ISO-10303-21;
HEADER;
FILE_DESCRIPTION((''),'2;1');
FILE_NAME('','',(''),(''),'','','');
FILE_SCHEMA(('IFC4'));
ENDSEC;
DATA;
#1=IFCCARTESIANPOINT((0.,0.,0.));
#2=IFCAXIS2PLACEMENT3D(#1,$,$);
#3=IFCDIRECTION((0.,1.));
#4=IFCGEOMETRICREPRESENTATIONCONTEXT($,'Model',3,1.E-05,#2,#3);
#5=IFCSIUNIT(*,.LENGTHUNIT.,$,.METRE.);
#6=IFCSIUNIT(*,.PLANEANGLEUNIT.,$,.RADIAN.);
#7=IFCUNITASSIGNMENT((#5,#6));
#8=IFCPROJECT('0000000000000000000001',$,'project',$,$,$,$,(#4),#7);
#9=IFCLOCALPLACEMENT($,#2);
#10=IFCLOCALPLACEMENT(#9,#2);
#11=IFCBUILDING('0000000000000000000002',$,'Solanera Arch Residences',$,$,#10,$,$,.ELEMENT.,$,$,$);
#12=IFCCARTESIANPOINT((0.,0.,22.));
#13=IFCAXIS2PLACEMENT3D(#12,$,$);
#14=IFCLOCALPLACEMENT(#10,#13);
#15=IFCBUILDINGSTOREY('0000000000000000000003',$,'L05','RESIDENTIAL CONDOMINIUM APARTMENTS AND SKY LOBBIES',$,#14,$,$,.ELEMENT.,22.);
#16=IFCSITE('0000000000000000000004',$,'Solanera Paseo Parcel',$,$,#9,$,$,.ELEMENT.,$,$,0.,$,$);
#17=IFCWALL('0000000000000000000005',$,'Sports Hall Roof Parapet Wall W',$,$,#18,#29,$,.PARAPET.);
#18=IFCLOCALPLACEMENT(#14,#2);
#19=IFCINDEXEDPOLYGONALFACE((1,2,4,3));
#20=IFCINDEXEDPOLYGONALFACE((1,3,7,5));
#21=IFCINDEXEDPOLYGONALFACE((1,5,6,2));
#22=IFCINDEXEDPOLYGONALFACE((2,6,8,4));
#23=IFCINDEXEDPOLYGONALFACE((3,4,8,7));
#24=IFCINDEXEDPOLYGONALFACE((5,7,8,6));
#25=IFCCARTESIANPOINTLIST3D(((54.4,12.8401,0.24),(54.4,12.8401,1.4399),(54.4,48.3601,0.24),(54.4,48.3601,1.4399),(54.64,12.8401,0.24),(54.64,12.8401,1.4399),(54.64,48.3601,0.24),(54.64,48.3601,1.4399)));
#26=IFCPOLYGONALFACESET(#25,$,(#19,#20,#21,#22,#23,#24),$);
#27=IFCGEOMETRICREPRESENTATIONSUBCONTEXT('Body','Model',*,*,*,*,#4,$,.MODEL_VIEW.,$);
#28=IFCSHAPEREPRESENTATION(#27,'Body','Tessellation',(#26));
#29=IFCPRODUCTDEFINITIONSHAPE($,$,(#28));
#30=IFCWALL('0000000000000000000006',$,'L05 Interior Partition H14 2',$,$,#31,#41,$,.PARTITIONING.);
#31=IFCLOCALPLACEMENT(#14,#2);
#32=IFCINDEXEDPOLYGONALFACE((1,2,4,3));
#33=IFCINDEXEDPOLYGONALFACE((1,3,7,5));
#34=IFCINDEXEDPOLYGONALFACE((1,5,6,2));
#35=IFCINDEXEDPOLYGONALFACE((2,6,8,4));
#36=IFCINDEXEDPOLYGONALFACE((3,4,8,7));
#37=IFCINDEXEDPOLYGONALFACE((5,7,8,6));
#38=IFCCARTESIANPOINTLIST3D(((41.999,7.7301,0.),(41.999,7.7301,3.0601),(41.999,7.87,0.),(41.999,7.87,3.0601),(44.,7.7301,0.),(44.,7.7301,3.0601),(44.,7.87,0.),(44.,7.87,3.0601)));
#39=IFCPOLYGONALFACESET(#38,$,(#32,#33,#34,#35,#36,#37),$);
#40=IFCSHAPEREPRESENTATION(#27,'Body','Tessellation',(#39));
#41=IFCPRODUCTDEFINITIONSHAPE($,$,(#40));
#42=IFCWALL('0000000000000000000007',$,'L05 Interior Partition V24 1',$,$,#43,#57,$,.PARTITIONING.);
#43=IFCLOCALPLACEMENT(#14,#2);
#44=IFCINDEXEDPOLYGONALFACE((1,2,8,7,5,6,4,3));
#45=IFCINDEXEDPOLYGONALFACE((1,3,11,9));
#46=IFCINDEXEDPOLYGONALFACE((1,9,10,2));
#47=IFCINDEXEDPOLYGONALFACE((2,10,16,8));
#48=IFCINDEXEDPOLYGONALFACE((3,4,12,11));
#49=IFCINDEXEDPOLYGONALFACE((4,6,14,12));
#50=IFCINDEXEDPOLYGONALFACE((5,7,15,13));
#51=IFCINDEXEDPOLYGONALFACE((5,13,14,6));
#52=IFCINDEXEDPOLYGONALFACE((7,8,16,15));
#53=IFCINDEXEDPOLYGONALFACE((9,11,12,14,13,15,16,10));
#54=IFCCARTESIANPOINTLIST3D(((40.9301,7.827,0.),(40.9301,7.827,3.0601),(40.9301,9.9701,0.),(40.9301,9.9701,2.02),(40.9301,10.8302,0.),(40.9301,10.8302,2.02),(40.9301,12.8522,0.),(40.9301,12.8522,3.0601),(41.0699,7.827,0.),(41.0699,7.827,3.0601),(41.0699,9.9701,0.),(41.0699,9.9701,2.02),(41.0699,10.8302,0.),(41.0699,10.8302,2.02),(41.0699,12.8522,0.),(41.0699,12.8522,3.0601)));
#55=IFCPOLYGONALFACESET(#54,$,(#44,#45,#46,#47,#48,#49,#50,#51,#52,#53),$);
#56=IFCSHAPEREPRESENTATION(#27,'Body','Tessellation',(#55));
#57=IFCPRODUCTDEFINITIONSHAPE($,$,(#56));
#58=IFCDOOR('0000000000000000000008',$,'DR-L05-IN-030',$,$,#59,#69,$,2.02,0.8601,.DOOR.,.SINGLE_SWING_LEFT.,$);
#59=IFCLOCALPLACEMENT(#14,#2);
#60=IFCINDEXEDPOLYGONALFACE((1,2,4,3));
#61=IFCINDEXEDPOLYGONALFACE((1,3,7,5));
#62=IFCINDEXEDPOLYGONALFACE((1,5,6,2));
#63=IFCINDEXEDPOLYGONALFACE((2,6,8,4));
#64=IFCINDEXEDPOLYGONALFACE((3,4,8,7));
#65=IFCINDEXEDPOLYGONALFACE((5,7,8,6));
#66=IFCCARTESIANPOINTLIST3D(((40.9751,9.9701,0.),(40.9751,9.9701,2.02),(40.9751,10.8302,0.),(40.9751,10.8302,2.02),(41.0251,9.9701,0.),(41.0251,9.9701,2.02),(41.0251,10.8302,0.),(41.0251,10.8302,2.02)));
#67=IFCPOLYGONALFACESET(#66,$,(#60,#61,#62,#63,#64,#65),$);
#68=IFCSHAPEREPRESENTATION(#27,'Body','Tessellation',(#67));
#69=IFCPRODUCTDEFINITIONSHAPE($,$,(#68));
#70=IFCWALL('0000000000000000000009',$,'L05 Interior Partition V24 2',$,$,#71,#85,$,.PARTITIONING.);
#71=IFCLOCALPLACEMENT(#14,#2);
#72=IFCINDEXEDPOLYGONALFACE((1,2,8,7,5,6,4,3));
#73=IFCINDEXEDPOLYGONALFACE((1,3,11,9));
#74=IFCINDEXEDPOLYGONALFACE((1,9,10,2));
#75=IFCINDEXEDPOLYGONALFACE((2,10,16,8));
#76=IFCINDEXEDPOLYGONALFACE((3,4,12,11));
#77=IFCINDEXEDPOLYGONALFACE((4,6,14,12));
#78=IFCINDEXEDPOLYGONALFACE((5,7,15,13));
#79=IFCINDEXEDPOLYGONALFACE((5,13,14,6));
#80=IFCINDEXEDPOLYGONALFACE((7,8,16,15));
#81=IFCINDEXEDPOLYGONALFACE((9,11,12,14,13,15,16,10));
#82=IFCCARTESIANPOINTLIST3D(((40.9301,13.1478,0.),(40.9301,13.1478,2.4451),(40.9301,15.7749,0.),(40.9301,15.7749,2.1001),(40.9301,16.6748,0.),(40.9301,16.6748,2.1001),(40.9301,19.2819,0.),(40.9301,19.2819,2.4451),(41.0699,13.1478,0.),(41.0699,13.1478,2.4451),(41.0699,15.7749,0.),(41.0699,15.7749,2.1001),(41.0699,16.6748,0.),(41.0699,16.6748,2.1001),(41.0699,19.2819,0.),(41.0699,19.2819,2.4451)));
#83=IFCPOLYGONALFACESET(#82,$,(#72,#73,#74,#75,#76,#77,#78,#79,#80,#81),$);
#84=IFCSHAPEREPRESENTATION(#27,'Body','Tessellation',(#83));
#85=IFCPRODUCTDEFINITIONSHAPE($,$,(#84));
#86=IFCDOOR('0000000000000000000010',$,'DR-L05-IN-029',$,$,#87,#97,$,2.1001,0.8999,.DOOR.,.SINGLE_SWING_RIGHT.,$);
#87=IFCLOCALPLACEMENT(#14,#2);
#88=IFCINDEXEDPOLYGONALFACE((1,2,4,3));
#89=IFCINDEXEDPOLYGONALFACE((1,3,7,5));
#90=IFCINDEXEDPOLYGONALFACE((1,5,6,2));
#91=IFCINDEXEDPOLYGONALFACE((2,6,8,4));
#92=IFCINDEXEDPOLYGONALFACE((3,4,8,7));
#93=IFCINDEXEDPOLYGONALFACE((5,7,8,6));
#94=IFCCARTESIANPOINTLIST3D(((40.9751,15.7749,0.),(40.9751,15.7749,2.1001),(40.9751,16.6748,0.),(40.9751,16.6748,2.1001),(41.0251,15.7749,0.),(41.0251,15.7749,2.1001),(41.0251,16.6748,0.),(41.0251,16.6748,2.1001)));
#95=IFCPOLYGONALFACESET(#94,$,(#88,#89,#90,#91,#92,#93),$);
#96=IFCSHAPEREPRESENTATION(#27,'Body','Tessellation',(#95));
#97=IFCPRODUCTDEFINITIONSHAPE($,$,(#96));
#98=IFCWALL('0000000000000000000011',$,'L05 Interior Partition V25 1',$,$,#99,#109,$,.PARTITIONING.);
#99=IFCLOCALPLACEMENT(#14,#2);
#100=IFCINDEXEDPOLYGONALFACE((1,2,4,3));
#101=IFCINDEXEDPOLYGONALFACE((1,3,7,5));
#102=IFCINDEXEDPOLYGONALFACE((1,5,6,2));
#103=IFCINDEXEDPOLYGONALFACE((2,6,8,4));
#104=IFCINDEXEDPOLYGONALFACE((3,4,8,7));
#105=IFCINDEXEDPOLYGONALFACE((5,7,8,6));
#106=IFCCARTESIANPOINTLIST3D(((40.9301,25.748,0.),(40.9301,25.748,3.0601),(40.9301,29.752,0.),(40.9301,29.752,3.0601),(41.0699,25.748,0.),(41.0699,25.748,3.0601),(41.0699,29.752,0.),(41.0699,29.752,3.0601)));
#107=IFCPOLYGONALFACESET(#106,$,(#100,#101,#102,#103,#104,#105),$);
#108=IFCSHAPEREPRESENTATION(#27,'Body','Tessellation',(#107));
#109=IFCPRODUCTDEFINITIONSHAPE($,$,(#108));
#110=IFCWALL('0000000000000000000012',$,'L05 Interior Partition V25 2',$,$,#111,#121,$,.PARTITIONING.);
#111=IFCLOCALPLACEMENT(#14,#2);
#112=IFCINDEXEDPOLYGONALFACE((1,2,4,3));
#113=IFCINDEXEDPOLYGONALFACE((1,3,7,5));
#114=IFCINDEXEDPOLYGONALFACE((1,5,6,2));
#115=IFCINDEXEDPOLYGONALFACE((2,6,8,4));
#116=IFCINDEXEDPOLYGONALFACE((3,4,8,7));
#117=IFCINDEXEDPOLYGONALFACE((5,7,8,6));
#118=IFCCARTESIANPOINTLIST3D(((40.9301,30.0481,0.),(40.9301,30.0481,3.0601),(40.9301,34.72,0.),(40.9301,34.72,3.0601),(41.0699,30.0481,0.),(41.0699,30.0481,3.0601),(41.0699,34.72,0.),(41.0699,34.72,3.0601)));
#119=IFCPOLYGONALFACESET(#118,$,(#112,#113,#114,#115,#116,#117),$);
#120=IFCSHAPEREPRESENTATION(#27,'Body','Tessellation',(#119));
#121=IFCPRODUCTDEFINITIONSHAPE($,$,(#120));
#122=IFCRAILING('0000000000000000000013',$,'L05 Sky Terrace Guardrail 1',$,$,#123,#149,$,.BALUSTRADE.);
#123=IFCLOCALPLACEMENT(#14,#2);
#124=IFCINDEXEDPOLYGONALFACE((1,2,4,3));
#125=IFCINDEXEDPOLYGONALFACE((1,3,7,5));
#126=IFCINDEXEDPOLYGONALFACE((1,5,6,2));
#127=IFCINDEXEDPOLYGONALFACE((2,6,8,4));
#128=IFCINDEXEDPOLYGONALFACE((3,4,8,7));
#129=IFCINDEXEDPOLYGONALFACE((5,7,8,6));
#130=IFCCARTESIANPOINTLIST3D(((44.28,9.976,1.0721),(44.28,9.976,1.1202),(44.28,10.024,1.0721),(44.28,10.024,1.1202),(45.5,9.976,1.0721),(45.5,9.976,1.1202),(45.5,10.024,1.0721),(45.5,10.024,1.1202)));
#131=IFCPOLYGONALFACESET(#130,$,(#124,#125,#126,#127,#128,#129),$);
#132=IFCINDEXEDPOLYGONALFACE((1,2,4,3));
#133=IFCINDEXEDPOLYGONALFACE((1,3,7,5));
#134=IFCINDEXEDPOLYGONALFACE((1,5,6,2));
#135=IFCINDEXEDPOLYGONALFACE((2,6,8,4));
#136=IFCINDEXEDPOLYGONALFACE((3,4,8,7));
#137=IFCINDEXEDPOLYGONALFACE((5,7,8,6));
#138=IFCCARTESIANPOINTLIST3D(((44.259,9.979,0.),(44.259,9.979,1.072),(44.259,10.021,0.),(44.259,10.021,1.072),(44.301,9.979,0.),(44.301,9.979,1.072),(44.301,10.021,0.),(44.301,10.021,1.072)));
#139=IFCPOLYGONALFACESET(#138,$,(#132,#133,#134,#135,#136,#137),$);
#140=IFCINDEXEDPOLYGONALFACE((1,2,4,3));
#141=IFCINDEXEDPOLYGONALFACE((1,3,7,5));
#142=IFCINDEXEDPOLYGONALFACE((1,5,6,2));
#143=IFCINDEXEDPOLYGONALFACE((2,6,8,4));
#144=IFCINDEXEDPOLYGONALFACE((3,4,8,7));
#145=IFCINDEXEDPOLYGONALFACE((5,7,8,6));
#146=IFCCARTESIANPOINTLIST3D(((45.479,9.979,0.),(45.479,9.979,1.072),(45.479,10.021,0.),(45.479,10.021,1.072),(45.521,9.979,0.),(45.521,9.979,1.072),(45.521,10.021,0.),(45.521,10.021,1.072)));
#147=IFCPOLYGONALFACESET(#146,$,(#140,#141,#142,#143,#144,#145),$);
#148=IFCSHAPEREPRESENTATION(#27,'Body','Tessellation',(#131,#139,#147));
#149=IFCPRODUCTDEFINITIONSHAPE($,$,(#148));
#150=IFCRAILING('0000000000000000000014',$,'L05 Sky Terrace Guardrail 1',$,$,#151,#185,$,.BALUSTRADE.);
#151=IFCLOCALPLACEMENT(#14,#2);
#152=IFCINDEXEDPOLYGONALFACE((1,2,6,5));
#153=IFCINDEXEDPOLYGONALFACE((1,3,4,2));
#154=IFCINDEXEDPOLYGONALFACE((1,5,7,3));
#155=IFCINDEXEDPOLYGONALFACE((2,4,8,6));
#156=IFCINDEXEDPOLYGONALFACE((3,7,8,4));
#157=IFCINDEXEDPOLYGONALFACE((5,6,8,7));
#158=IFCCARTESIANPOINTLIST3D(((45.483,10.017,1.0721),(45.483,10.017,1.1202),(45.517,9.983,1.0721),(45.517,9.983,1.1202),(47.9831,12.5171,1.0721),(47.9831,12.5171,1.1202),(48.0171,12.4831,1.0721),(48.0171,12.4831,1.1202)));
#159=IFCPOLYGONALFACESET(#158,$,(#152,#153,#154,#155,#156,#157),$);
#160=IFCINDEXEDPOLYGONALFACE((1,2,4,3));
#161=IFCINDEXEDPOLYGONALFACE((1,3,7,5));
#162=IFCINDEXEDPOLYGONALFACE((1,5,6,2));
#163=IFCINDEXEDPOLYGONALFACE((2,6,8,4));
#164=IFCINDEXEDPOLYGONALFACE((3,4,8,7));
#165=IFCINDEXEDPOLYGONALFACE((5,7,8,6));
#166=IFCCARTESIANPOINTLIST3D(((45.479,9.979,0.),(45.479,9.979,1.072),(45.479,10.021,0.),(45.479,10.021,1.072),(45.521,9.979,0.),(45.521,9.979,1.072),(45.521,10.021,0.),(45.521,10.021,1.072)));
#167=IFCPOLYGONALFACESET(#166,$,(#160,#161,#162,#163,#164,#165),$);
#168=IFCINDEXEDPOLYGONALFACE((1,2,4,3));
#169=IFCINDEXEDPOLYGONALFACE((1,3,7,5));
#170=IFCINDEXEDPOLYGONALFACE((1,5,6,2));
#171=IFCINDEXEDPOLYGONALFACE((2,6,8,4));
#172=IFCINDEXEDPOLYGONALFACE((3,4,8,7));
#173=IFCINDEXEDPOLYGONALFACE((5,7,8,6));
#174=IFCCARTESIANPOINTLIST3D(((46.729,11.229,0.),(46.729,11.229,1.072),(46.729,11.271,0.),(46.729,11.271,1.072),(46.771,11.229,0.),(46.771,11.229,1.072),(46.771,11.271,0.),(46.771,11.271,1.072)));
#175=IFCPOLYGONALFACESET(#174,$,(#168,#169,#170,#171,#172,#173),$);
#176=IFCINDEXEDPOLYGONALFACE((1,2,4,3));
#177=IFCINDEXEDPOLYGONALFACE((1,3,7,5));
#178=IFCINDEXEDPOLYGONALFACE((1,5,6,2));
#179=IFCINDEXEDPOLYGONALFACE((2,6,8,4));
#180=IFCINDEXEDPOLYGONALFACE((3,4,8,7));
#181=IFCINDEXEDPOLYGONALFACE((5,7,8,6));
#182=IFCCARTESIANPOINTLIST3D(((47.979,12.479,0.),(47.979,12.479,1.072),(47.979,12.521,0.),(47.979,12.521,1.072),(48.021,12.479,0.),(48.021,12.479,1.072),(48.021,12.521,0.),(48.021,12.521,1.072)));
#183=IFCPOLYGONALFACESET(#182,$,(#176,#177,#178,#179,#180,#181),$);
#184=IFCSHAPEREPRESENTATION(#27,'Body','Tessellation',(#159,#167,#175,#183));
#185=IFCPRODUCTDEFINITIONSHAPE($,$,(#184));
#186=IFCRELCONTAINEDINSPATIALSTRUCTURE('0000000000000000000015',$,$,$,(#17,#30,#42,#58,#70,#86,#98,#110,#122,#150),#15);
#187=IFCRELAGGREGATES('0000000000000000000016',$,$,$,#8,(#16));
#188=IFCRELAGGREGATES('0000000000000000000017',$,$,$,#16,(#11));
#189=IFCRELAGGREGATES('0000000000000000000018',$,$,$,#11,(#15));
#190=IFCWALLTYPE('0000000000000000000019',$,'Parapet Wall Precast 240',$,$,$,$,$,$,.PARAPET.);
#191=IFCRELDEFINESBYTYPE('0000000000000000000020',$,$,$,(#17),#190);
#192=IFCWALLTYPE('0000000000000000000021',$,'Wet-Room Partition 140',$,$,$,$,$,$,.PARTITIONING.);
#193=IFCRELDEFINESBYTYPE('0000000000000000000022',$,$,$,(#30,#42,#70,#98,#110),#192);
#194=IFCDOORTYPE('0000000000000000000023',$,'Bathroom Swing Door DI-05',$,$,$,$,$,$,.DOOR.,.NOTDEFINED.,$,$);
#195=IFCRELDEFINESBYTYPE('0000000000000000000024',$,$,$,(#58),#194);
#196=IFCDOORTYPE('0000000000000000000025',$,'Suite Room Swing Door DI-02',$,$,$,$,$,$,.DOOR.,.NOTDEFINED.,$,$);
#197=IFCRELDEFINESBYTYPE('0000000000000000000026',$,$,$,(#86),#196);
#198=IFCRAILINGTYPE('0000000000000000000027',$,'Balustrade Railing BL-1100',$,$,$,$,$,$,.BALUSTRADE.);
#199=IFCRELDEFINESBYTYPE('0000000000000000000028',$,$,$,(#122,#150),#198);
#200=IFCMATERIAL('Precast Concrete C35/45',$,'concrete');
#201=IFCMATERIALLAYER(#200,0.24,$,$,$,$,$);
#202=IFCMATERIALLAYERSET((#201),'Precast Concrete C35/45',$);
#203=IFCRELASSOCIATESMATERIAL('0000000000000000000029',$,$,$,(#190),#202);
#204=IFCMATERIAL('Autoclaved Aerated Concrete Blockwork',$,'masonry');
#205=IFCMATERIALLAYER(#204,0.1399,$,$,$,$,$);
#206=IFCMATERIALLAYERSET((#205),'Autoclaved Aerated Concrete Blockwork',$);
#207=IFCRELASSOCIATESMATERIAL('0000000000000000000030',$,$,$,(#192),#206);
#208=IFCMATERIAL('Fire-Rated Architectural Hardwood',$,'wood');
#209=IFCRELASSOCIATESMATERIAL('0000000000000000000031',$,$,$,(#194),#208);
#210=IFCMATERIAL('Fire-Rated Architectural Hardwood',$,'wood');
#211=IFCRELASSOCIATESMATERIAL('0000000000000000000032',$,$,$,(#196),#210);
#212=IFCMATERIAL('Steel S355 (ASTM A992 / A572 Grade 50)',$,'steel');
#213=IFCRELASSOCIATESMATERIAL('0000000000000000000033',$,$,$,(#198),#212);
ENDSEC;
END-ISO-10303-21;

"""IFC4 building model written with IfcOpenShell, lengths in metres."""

from ifc_helpers import new_model, si_unit, direction, frame, frame_2d, origin, origin_2d, place, context, subcontext, project, spatial, rectangle, extrude, material, layer, layer_set, type_object, element, fill, save


model = new_model("IFC4")

# Units and contexts
model_context = context("Model", 3, precision=1e-05, world=origin(), true_north=direction((0.0, 1.0)))
body_context = subcontext(model_context, "Body", "Model", "MODEL_VIEW")
ifc_project = project(units=[si_unit("LENGTHUNIT", "METRE"), si_unit("PLANEANGLEUNIT", "RADIAN")], contexts=[model_context])

# Site, building, storey
site_placement = place(None, origin())
site = spatial("IfcSite", under=ifc_project, at=site_placement, Name="Solanera Paseo Parcel", CompositionType="ELEMENT", RefElevation=0.0)
building_placement = place(site_placement, origin())
building = spatial("IfcBuilding", under=site, at=building_placement, Name="Solanera Arch Residences", CompositionType="ELEMENT")
storey_placement = place(building_placement, frame((0.0, 0.0, 22.0)))
storey = spatial("IfcBuildingStorey", under=building, at=storey_placement, Name="L05", Description="RESIDENTIAL CONDOMINIUM APARTMENTS AND SKY LOBBIES", CompositionType="ELEMENT", Elevation=22.0)

# Walls
ifc_material_1 = material(Name="Precast Concrete C35/45", Category="concrete")
ifc_layer_1 = layer(ifc_material_1, 0.24)
ifc_layer_set_1 = layer_set([ifc_layer_1], Name="Precast Concrete C35/45")
wall_type_1 = type_object("IfcWallType", Name="Parapet Wall Precast 240", PredefinedType="PARAPET", material=ifc_layer_set_1)
wall_1_placement = place(storey_placement, frame((54.52, 12.8401, 0.24), z_axis=(0.0, 0.0, 1.0), x_axis=(0.0, 1.0, 0.0)))
element("IfcWall", 1, at=wall_1_placement, inside=storey, type_object=wall_type_1, Name="Sports Hall Roof Parapet Wall W", PredefinedType="PARAPET", context=body_context, shape_type="SweptSolid", body=[
    extrude(rectangle(XDim=35.52, YDim=0.24, at=frame_2d((17.76, 0.0))), origin(), (0.0, 0.0, 1.0), 1.2),
])
ifc_material_2 = material(Name="Autoclaved Aerated Concrete Blockwork", Category="masonry")
ifc_layer_2 = layer(ifc_material_2, 0.1399)
ifc_layer_set_2 = layer_set([ifc_layer_2], Name="Autoclaved Aerated Concrete Blockwork")
wall_type_2 = type_object("IfcWallType", Name="Wet-Room Partition 140", PredefinedType="PARTITIONING", material=ifc_layer_set_2)
wall_2_placement = place(storey_placement, frame((41.999, 7.8, 0.0), z_axis=(0.0, 0.0, 1.0), x_axis=(1.0, 0.0, 0.0)))
element("IfcWall", 2, at=wall_2_placement, inside=storey, type_object=wall_type_2, Name="L05 Interior Partition H14 2", PredefinedType="PARTITIONING", context=body_context, shape_type="SweptSolid", body=[
    extrude(rectangle(XDim=2.001, YDim=0.1399, at=frame_2d((1.0005, 0.0))), origin(), (0.0, 0.0, 1.0), 3.0601),
])

# Walls, openings, doors
wall_3_placement = place(storey_placement, frame((41.0, 7.8269, 0.0), z_axis=(0.0, 0.0, 1.0), x_axis=(0.0, 1.0, 0.0)))
wall_3 = element("IfcWall", 3, at=wall_3_placement, inside=storey, type_object=wall_type_2, Name="L05 Interior Partition V24 1", PredefinedType="PARTITIONING", context=body_context, shape_type="SweptSolid", body=[
    extrude(rectangle(XDim=5.0251, YDim=0.1399, at=frame_2d((2.5127, 0.0))), origin(), (0.0, 0.0, 1.0), 3.0601),
])
opening_1_placement = place(wall_3_placement, frame((2.1431, 0.0, 0.0)))
opening_1 = element("IfcOpeningElement", 4, at=opening_1_placement, cuts=wall_3, PredefinedType="OPENING", context=body_context, shape_type="SweptSolid", body=[
    extrude(rectangle(XDim=0.8601, YDim=2.02, at=frame_2d((0.4302, 1.01))), frame((0.0, 0.0798, 0.0), z_axis=(0.0, -1.0, 0.0), x_axis=(1.0, 0.0, 0.0)), (0.0, 0.0, 1.0), 0.1599),
])
ifc_material_3 = material(Name="Fire-Rated Architectural Hardwood", Category="wood")
door_type_1 = type_object("IfcDoorType", Name="Bathroom Swing Door DI-05", OperationType="NOTDEFINED", PredefinedType="DOOR", material=ifc_material_3)
door_1_placement = place(opening_1_placement, origin())
door_1 = element("IfcDoor", 5, at=door_1_placement, inside=storey, type_object=door_type_1, Name="DR-L05-IN-030", OperationType="SINGLE_SWING_LEFT", OverallHeight=2.02, OverallWidth=0.8601, PredefinedType="DOOR", context=body_context, shape_type="SweptSolid", body=[
    extrude(rectangle(XDim=0.8601, YDim=2.02, at=frame_2d((0.4302, 1.01))), frame((0.0, 0.0249, 0.0), z_axis=(0.0, -1.0, 0.0), x_axis=(1.0, 0.0, 0.0)), (0.0, 0.0, 1.0), 0.05),
])
fill(opening_1, door_1)
wall_4_placement = place(storey_placement, frame((41.0, 13.1479, 0.0), z_axis=(0.0, 0.0, 1.0), x_axis=(0.0, 1.0, 0.0)))
wall_4 = element("IfcWall", 6, at=wall_4_placement, inside=storey, type_object=wall_type_2, Name="L05 Interior Partition V24 2", PredefinedType="PARTITIONING", context=body_context, shape_type="SweptSolid", body=[
    extrude(rectangle(XDim=6.134, YDim=0.1399, at=frame_2d((3.0669, 0.0))), origin(), (0.0, 0.0, 1.0), 2.4451),
])
opening_2_placement = place(wall_4_placement, frame((2.627, 0.0, 0.0)))
opening_2 = element("IfcOpeningElement", 7, at=opening_2_placement, cuts=wall_4, PredefinedType="OPENING", context=body_context, shape_type="SweptSolid", body=[
    extrude(rectangle(XDim=0.8999, YDim=2.1001, at=frame_2d((0.45, 1.05))), frame((0.0, 0.0798, 0.0), z_axis=(0.0, -1.0, 0.0), x_axis=(1.0, 0.0, 0.0)), (0.0, 0.0, 1.0), 0.1599),
])
ifc_material_4 = material(Name="Fire-Rated Architectural Hardwood", Category="wood")
door_type_2 = type_object("IfcDoorType", Name="Suite Room Swing Door DI-02", OperationType="NOTDEFINED", PredefinedType="DOOR", material=ifc_material_4)
door_2_placement = place(opening_2_placement, origin())
door_2 = element("IfcDoor", 8, at=door_2_placement, inside=storey, type_object=door_type_2, Name="DR-L05-IN-029", OperationType="SINGLE_SWING_RIGHT", OverallHeight=2.1001, OverallWidth=0.8999, PredefinedType="DOOR", context=body_context, shape_type="SweptSolid", body=[
    extrude(rectangle(XDim=0.8999, YDim=2.1001, at=frame_2d((0.45, 1.05))), frame((0.0, 0.0249, 0.0), z_axis=(0.0, -1.0, 0.0), x_axis=(1.0, 0.0, 0.0)), (0.0, 0.0, 1.0), 0.05),
])
fill(opening_2, door_2)

# Walls
wall_5_placement = place(storey_placement, frame((41.0, 25.748, 0.0), z_axis=(0.0, 0.0, 1.0), x_axis=(0.0, 1.0, 0.0)))
element("IfcWall", 9, at=wall_5_placement, inside=storey, type_object=wall_type_2, Name="L05 Interior Partition V25 1", PredefinedType="PARTITIONING", context=body_context, shape_type="SweptSolid", body=[
    extrude(rectangle(XDim=4.0039, YDim=0.1399, at=frame_2d((2.002, 0.0))), origin(), (0.0, 0.0, 1.0), 3.0601),
])
wall_6_placement = place(storey_placement, frame((41.0, 30.0481, 0.0), z_axis=(0.0, 0.0, 1.0), x_axis=(0.0, 1.0, 0.0)))
element("IfcWall", 10, at=wall_6_placement, inside=storey, type_object=wall_type_2, Name="L05 Interior Partition V25 2", PredefinedType="PARTITIONING", context=body_context, shape_type="SweptSolid", body=[
    extrude(rectangle(XDim=4.6719, YDim=0.1399, at=frame_2d((2.3359, 0.0))), origin(), (0.0, 0.0, 1.0), 3.0601),
])

# Railings
ifc_material_5 = material(Name="Steel S355 (ASTM A992 / A572 Grade 50)", Category="steel")
railing_type = type_object("IfcRailingType", Name="Balustrade Railing BL-1100", PredefinedType="BALUSTRADE", material=ifc_material_5)
railing_1_placement = place(storey_placement, frame((44.28, 10.0, 0.0)))
element("IfcRailing", 11, at=railing_1_placement, inside=storey, type_object=railing_type, Name="L05 Sky Terrace Guardrail 1", PredefinedType="BALUSTRADE", context=body_context, shape_type="SweptSolid", body=[
    extrude(rectangle(XDim=0.0481, YDim=0.0481, at=origin_2d()), frame((0.0, 0.0, 1.0962), z_axis=(1.0, 0.0, 0.0), x_axis=(0.0, 1.0, 0.0)), (0.0, 0.0, 1.0), 1.22),
    extrude(rectangle(XDim=0.042, YDim=0.042, at=origin_2d()), origin(), (0.0, 0.0, 1.0), 1.072),
    extrude(rectangle(XDim=0.042, YDim=0.042, at=origin_2d()), frame((1.22, 0.0, 0.0)), (0.0, 0.0, 1.0), 1.072),
])
railing_2_placement = place(storey_placement, frame((45.5, 10.0, 0.0)))
element("IfcRailing", 12, at=railing_2_placement, inside=storey, type_object=railing_type, Name="L05 Sky Terrace Guardrail 1", PredefinedType="BALUSTRADE", context=body_context, shape_type="SweptSolid", body=[
    extrude(rectangle(XDim=0.0481, YDim=0.0481, at=origin_2d()), frame((0.0, 0.0, 1.0962), z_axis=(0.707107, 0.707107, 0.0), x_axis=(-0.707107, 0.707107, 0.0)), (0.0, 0.0, 1.0), 3.5356),
    extrude(rectangle(XDim=0.042, YDim=0.042, at=origin_2d()), origin(), (0.0, 0.0, 1.0), 1.072),
    extrude(rectangle(XDim=0.042, YDim=0.042, at=origin_2d()), frame((1.25, 1.25, 0.0)), (0.0, 0.0, 1.0), 1.072),
    extrude(rectangle(XDim=0.042, YDim=0.042, at=origin_2d()), frame((2.5, 2.5, 0.0)), (0.0, 0.0, 1.0), 1.072),
])

save(model, "model.ifc")
